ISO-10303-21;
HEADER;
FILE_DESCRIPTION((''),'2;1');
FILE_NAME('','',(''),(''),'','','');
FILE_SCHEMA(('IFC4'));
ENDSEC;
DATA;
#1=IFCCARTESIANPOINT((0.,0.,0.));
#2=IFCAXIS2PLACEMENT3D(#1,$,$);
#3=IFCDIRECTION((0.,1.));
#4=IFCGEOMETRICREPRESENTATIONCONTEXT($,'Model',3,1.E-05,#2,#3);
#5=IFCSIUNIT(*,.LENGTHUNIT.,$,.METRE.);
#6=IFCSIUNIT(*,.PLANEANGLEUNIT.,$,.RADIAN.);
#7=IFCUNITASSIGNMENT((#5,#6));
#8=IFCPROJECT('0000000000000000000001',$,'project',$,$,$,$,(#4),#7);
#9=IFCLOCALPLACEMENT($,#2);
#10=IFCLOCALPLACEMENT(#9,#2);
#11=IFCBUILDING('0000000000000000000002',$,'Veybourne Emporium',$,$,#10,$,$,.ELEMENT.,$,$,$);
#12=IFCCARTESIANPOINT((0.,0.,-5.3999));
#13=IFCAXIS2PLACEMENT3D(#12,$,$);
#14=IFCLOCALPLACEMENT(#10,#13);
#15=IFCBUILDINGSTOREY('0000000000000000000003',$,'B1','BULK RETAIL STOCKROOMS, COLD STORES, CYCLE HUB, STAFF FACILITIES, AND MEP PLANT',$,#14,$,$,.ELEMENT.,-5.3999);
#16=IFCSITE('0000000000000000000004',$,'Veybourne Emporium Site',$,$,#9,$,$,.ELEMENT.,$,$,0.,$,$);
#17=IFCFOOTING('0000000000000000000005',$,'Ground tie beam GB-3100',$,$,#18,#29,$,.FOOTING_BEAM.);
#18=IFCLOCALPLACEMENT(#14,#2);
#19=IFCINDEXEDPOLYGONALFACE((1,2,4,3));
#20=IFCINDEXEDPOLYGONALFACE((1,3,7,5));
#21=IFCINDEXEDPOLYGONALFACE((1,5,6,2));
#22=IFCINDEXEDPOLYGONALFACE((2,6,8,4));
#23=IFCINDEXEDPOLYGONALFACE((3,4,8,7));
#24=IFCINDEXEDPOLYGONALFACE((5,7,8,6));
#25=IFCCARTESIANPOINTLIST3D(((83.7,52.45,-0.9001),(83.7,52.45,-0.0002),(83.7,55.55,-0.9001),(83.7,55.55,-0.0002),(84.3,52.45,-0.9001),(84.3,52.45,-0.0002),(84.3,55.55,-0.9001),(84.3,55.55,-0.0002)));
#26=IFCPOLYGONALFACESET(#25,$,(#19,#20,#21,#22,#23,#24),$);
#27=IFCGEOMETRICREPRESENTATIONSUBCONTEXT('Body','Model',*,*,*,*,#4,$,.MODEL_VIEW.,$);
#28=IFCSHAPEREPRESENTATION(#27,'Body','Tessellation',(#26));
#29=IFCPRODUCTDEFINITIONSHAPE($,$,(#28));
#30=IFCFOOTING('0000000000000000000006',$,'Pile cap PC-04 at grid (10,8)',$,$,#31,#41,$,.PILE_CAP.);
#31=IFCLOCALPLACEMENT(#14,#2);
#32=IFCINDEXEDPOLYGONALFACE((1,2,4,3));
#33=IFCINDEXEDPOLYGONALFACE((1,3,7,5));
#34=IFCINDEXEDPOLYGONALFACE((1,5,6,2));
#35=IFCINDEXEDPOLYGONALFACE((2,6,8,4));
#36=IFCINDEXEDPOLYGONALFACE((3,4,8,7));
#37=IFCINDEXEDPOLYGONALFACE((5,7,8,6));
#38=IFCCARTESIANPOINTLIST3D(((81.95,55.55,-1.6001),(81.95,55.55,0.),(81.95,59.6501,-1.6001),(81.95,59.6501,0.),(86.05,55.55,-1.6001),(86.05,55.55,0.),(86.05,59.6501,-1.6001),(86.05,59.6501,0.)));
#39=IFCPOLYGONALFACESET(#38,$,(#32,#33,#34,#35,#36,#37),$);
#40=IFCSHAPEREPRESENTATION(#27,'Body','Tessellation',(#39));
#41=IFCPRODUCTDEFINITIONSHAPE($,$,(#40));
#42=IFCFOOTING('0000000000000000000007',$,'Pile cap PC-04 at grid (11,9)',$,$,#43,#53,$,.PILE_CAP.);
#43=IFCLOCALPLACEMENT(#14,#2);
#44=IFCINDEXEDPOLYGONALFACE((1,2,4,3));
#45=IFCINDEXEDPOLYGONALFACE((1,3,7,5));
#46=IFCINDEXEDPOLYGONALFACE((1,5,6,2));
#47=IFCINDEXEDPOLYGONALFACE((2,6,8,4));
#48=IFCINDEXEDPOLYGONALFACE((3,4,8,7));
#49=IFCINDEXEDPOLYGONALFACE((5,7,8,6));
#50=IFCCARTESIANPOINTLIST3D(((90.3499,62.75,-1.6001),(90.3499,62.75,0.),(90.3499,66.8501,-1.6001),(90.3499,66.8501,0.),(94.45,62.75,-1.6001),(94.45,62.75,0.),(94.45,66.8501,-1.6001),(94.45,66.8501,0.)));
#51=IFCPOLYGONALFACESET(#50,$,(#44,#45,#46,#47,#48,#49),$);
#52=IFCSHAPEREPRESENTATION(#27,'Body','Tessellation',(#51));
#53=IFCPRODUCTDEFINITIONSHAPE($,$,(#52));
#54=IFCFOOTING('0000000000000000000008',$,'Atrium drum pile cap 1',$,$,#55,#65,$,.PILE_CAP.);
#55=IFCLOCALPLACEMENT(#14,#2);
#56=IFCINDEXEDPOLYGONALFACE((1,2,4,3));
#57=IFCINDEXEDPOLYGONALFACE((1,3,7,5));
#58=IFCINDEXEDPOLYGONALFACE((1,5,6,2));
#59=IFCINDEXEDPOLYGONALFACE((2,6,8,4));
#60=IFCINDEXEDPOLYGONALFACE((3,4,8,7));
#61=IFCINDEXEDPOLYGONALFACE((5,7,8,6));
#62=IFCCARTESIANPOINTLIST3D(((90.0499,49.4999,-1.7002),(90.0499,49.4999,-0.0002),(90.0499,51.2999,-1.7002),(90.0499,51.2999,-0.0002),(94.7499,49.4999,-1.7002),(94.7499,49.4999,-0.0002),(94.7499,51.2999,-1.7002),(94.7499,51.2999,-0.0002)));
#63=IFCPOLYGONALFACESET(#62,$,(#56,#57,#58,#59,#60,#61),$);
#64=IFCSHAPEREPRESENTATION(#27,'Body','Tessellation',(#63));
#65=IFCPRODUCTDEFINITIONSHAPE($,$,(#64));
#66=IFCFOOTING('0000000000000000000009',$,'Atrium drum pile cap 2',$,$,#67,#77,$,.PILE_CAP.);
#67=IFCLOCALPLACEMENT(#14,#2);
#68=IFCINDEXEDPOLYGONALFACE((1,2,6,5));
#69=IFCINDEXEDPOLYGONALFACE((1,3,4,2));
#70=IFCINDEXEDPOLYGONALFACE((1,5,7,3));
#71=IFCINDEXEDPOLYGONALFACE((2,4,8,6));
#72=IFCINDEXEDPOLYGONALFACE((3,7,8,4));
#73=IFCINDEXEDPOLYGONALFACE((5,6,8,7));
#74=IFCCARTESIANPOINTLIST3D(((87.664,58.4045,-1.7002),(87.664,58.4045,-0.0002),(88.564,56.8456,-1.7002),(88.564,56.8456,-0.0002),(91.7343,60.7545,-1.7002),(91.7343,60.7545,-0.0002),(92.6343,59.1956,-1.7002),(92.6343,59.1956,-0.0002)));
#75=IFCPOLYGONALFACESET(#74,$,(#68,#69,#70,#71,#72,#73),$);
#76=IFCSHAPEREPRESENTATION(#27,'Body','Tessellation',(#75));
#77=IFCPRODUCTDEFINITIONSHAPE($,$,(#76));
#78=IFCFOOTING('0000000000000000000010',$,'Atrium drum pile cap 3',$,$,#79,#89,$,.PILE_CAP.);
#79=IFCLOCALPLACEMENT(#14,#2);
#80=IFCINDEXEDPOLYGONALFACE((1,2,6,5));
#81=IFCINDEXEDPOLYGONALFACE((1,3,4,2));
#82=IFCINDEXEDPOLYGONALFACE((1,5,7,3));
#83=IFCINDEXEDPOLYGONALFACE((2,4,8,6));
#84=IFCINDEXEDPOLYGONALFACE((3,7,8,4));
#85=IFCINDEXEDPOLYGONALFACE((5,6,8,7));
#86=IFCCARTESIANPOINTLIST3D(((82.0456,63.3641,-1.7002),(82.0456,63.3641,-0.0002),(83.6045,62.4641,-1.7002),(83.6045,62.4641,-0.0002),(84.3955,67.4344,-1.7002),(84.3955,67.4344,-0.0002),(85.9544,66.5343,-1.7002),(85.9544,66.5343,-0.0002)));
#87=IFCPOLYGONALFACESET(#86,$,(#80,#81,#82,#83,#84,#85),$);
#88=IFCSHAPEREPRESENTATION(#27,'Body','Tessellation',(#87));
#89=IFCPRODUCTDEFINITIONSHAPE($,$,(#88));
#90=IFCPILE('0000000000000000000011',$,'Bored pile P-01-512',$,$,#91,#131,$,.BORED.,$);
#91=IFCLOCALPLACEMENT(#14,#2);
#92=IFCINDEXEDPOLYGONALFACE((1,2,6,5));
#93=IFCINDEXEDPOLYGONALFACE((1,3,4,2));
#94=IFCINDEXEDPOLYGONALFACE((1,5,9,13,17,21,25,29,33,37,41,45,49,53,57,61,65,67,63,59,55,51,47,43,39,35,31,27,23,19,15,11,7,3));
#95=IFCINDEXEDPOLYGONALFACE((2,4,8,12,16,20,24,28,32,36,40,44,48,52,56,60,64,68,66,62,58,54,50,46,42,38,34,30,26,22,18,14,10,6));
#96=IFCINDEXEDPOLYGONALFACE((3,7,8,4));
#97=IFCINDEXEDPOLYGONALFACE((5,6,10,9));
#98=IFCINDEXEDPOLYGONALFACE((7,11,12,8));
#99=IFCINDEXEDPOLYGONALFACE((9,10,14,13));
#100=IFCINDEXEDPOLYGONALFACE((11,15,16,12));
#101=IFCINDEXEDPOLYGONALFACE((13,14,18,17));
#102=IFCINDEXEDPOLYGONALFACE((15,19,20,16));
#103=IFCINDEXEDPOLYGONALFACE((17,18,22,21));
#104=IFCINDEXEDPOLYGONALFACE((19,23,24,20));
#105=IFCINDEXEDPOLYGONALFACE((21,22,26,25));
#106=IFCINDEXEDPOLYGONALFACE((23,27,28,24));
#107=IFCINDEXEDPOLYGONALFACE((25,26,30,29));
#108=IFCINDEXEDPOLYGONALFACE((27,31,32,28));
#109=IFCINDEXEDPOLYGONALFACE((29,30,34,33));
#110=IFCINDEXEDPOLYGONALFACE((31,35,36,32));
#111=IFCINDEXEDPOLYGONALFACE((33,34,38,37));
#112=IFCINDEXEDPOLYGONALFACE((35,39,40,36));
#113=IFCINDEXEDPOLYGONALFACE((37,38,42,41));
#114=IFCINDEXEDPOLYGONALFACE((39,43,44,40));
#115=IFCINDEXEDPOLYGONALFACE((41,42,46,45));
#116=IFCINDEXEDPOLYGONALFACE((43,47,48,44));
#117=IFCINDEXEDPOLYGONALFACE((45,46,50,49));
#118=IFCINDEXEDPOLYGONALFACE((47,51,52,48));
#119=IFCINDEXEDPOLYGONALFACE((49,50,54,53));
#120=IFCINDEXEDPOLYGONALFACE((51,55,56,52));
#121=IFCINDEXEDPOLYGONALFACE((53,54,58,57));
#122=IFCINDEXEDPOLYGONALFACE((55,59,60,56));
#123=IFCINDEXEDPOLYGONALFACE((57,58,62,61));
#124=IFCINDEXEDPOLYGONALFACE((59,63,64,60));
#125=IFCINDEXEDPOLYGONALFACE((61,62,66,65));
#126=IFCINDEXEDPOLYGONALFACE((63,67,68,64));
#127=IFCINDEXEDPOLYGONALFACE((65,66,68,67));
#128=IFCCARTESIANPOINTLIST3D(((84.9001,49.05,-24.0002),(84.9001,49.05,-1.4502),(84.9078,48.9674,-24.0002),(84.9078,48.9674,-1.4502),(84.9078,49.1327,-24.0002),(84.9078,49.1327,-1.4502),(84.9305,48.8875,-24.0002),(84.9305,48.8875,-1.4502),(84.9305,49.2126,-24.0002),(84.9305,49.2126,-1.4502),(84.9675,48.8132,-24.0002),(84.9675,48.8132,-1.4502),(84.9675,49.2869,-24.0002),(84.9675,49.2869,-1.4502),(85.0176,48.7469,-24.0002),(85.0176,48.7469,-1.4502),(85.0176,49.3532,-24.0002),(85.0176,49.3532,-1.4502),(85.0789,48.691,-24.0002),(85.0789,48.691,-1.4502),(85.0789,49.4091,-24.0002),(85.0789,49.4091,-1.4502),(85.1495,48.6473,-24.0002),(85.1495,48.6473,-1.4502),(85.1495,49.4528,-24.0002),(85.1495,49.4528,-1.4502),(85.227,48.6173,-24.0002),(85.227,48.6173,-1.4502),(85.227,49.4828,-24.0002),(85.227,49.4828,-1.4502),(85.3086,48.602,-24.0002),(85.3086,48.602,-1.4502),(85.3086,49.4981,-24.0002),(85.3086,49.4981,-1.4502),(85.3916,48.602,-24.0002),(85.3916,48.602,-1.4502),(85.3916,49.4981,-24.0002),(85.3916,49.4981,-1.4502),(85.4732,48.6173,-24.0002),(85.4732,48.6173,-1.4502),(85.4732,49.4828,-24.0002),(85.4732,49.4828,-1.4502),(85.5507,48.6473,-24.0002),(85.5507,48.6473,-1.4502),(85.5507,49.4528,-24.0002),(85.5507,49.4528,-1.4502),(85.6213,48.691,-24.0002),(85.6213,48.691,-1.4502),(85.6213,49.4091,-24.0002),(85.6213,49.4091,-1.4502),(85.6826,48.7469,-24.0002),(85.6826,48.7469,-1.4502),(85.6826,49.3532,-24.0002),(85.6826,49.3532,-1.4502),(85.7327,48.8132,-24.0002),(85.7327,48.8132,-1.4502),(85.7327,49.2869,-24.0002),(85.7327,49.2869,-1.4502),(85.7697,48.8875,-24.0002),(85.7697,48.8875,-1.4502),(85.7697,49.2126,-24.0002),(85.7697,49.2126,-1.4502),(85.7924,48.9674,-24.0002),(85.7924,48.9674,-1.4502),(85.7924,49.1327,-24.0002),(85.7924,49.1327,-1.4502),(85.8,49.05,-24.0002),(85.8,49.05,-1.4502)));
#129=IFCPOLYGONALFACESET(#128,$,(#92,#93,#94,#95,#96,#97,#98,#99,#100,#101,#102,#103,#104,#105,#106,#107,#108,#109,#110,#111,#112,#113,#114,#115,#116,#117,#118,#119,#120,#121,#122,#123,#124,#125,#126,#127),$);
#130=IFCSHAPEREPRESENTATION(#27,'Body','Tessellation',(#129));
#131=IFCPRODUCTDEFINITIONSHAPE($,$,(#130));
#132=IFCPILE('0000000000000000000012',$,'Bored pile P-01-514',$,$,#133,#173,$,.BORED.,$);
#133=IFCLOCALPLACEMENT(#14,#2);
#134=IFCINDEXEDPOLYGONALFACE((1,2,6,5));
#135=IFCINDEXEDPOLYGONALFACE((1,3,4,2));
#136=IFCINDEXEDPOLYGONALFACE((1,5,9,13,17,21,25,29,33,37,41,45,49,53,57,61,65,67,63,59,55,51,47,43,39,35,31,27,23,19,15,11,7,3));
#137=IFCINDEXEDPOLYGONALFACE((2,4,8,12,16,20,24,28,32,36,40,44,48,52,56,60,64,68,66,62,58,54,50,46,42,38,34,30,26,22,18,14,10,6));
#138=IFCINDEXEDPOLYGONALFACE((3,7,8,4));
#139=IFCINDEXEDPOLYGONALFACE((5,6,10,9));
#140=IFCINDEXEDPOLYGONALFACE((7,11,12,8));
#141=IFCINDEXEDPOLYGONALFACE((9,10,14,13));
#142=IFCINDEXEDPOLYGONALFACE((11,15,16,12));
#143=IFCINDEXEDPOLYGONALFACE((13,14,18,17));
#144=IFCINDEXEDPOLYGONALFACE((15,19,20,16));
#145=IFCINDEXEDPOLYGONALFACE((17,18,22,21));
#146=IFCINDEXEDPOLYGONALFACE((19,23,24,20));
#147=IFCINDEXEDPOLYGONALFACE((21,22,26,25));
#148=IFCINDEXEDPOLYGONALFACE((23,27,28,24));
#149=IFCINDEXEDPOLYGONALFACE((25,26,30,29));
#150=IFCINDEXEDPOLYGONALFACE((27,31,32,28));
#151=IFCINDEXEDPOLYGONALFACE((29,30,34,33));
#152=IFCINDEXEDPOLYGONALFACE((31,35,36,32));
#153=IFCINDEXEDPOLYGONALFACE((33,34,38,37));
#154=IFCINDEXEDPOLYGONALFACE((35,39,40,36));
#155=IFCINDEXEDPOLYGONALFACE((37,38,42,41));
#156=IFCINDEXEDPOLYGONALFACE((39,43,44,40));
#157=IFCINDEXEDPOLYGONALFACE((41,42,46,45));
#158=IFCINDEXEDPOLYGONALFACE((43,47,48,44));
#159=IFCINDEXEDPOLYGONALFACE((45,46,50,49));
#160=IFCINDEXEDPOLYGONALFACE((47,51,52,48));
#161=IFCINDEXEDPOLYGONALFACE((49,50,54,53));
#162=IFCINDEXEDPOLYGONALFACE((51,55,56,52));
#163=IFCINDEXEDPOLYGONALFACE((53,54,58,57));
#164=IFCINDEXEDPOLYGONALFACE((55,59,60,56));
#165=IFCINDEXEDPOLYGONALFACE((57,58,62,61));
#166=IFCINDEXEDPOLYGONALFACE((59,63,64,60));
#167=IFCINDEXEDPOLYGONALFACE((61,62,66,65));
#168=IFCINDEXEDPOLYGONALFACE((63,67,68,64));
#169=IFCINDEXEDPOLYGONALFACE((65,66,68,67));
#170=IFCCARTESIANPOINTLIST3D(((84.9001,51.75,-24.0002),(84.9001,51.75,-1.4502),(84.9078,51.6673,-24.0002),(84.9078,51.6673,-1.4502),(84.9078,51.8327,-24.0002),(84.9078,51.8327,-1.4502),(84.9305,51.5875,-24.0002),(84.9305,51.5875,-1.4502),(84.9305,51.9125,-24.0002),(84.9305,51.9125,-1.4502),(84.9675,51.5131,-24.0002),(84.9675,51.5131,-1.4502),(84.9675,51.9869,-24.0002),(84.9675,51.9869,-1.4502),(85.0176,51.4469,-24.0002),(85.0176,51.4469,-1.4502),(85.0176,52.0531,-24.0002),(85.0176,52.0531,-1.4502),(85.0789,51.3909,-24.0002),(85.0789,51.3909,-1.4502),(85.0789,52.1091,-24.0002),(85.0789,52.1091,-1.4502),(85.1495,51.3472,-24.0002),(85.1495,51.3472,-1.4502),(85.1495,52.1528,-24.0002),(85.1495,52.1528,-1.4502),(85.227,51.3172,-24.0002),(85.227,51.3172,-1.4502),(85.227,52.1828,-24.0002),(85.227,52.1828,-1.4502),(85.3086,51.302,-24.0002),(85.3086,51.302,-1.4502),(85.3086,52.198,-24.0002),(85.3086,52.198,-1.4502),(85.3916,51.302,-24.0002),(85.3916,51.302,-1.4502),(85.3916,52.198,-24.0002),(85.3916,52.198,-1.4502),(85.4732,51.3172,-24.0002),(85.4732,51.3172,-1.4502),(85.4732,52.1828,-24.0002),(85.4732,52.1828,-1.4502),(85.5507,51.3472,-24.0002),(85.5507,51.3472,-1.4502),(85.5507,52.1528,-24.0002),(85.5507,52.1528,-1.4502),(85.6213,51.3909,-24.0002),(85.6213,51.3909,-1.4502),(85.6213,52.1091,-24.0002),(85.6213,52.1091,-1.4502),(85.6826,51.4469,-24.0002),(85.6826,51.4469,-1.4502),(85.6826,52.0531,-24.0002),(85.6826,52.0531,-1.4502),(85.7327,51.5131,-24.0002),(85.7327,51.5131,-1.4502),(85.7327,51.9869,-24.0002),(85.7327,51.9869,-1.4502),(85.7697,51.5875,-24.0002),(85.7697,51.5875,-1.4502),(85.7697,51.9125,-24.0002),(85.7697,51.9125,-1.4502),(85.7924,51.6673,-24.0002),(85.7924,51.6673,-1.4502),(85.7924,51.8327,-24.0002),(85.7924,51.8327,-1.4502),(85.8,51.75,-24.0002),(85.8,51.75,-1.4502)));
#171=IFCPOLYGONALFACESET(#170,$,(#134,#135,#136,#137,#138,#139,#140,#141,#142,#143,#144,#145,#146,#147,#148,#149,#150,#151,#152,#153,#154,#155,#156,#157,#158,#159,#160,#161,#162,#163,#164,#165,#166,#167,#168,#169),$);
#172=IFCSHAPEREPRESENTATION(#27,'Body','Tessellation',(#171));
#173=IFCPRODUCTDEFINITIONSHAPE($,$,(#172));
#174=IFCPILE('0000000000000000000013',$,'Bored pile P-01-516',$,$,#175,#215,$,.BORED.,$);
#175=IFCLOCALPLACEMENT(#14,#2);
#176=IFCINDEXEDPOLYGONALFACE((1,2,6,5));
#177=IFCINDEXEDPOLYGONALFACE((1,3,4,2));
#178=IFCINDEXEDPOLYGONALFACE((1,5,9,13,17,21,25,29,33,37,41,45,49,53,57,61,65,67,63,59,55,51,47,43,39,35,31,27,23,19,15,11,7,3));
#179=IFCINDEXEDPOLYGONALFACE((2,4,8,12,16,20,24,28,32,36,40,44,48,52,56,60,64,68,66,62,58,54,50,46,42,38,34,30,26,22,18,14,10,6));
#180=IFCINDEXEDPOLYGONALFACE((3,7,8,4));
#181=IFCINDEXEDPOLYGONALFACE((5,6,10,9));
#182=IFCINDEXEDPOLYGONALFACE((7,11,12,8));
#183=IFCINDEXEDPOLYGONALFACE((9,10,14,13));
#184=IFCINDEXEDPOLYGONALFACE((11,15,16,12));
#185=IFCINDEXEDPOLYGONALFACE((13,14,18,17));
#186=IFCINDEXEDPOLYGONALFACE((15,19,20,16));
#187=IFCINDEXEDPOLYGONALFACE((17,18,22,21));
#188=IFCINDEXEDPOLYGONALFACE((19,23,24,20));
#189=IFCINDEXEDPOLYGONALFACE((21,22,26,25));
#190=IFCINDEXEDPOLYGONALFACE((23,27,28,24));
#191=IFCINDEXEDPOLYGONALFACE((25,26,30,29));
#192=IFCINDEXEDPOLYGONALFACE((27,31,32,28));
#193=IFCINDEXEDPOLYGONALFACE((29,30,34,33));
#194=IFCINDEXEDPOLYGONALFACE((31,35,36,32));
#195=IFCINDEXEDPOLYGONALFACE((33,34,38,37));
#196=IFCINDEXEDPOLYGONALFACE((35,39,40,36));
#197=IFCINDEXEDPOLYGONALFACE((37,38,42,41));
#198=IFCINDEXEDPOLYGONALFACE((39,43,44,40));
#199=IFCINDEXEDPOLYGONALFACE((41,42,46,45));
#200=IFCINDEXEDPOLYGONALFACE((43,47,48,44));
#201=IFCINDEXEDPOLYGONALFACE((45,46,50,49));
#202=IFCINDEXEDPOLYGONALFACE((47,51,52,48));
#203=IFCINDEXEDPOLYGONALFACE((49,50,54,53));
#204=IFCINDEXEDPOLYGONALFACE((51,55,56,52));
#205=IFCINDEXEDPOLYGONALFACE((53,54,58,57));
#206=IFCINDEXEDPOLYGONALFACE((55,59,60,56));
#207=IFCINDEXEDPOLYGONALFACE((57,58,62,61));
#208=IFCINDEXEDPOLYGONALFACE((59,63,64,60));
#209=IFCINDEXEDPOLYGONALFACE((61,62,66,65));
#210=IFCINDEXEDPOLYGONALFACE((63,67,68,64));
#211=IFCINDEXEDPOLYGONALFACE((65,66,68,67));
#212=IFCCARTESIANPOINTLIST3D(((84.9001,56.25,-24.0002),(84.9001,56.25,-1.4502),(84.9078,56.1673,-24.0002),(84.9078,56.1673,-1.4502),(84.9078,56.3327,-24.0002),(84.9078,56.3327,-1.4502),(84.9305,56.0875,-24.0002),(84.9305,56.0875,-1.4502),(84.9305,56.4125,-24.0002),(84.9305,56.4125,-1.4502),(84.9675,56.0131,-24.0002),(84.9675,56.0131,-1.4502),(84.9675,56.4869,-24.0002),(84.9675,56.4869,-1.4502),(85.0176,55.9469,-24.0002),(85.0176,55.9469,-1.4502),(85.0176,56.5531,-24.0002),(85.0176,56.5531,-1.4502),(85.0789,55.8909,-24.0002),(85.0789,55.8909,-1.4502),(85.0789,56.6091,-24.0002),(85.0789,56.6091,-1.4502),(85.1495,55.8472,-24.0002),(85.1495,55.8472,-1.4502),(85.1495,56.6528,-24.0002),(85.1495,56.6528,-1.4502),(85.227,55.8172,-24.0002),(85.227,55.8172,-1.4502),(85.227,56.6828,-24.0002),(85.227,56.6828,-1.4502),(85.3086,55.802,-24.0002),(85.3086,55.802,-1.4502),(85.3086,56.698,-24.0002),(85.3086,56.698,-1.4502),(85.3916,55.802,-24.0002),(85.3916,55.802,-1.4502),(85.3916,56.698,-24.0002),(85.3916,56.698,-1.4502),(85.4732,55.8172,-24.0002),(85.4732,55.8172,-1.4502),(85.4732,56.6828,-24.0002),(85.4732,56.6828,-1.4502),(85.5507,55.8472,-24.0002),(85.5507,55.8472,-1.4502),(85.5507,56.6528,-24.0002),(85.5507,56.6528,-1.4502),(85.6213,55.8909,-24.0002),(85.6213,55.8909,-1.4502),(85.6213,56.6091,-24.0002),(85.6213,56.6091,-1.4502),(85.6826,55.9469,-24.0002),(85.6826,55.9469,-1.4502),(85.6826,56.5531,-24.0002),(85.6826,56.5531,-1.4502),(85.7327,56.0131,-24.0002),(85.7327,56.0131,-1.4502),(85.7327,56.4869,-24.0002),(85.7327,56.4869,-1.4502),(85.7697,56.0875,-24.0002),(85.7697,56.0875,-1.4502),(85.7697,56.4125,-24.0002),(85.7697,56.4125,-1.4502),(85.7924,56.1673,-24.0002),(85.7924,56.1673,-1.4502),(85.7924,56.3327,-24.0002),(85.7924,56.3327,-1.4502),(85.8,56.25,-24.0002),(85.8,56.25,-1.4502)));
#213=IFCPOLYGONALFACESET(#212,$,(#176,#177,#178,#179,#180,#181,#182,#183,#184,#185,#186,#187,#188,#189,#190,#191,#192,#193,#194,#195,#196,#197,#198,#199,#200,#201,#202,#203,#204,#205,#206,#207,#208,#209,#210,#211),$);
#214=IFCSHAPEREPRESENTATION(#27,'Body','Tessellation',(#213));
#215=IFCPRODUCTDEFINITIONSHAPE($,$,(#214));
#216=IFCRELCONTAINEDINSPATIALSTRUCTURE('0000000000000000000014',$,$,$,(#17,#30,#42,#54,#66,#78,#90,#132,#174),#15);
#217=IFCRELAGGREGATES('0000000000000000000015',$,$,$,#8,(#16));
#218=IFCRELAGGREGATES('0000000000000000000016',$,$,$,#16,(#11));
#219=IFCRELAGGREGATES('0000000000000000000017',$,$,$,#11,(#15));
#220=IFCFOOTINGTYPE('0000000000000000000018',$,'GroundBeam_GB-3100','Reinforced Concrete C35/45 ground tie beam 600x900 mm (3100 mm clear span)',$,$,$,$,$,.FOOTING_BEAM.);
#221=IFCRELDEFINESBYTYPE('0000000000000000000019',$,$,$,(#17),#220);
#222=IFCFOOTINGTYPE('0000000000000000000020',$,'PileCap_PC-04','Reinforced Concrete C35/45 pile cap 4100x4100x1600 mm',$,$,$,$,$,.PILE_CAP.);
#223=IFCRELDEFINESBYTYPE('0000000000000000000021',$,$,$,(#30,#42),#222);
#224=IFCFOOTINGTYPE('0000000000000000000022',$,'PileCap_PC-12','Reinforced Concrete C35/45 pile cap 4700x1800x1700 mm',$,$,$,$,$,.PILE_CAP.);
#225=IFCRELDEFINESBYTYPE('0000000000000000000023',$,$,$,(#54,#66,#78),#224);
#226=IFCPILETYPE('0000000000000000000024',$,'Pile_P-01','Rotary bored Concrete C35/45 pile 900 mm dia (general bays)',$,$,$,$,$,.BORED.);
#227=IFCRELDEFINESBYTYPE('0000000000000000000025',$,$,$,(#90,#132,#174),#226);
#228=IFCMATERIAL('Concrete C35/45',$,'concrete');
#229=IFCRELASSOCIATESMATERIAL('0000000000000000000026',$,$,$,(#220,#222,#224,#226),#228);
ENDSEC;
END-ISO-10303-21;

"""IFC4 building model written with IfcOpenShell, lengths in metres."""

from ifc_helpers import new_model, si_unit, direction, frame, origin, origin_2d, place, context, subcontext, project, spatial, rectangle, circle, extrude, material, material_profile, profile_set, type_object, element, save


model = new_model("IFC4")

# Units and contexts
model_context = context("Model", 3, precision=1e-05, world=origin(), true_north=direction((0.0, 1.0)))
body_context = subcontext(model_context, "Body", "Model", "MODEL_VIEW")
ifc_project = project(units=[si_unit("LENGTHUNIT", "METRE"), si_unit("PLANEANGLEUNIT", "RADIAN")], contexts=[model_context])

# Site, building, storey
site_placement = place(None, origin())
site = spatial("IfcSite", under=ifc_project, at=site_placement, Name="Veybourne Emporium Site", CompositionType="ELEMENT", RefElevation=0.0)
building_placement = place(site_placement, origin())
building = spatial("IfcBuilding", under=site, at=building_placement, Name="Veybourne Emporium", CompositionType="ELEMENT")
storey_placement = place(building_placement, frame((0.0, 0.0, -5.3999)))
storey = spatial("IfcBuildingStorey", under=building, at=storey_placement, Name="B1", Description="BULK RETAIL STOCKROOMS, COLD STORES, CYCLE HUB, STAFF FACILITIES, AND MEP PLANT", CompositionType="ELEMENT", Elevation=-5.3999)

# Footings
ifc_material_1 = material(Name="Concrete C35/45", Category="concrete")
footing_type_1 = type_object("IfcFootingType", Name="GroundBeam_GB-3100", Description="Reinforced Concrete C35/45 ground tie beam 600x900 mm (3100 mm clear span)", PredefinedType="FOOTING_BEAM", material=ifc_material_1)
footing_placement = place(storey_placement, frame((84.0, 54.0, -0.9001), z_axis=(0.0, 0.0, 1.0), x_axis=(0.0, 1.0, 0.0)))
element("IfcFooting", 1, at=footing_placement, inside=storey, type_object=footing_type_1, Name="Ground tie beam GB-3100", PredefinedType="FOOTING_BEAM", context=body_context, shape_type="SweptSolid", body=[
    extrude(rectangle(XDim=3.1001, YDim=0.6001, at=origin_2d()), origin(), (0.0, 0.0, 1.0), 0.8999),
])
footing_type_2 = type_object("IfcFootingType", Name="PileCap_PC-04", Description="Reinforced Concrete C35/45 pile cap 4100x4100x1600 mm", PredefinedType="PILE_CAP", material=ifc_material_1)
for number, where, z_axis, x_axis, name in (
    (2, (84.0, 57.6001, -1.6001), (0.0, 0.0, 1.0), (1.0, 0.0, 0.0), "Pile cap PC-04 at grid (10,8)"),
    (3, (92.3999, 64.8, -1.6001), (0.0, 0.0, 1.0), (1.0, 0.0, 0.0), "Pile cap PC-04 at grid (11,9)"),
):
    element("IfcFooting", number, at=place(storey_placement, frame(where, z_axis=z_axis, x_axis=x_axis)), inside=storey, type_object=footing_type_2, Name=name, PredefinedType="PILE_CAP", context=body_context, shape_type="SweptSolid", body=[
        extrude(rectangle(XDim=4.1001, YDim=4.1001, at=origin_2d()), origin(), (0.0, 0.0, 1.0), 1.6001),
    ])
footing_type_3 = type_object("IfcFootingType", Name="PileCap_PC-12", Description="Reinforced Concrete C35/45 pile cap 4700x1800x1700 mm", PredefinedType="PILE_CAP", material=ifc_material_1)
for number, where, z_axis, x_axis, name in (
    (4, (92.3999, 50.3999, -1.7002), (0.0, 0.0, 1.0), (1.0, 0.0, 0.0), "Atrium drum pile cap 1"),
    (5, (90.1492, 58.8, -1.7002), (0.0, 0.0, 1.0), (0.866025, 0.5, 0.0), "Atrium drum pile cap 2"),
    (6, (84.0, 64.9492, -1.7002), (0.0, 0.0, 1.0), (0.5, 0.866025, 0.0), "Atrium drum pile cap 3"),
):
    element("IfcFooting", number, at=place(storey_placement, frame(where, z_axis=z_axis, x_axis=x_axis)), inside=storey, type_object=footing_type_3, Name=name, PredefinedType="PILE_CAP", context=body_context, shape_type="SweptSolid", body=[
        extrude(rectangle(XDim=4.7, YDim=1.8, at=origin_2d()), origin(), (0.0, 0.0, 1.0), 1.7),
    ])

# Piles
ifc_material_profile_1 = material_profile(ifc_material_1, circle(Radius=0.45, at=origin_2d()), Name="BORED PILE 900")
ifc_profile_set_1 = profile_set([ifc_material_profile_1], Name="Concrete C35/45")
pile_type_1 = type_object("IfcPileType", Name="Pile_P-01", Description="Rotary bored Concrete C35/45 pile 900 mm dia (general bays)", PredefinedType="BORED", material=ifc_profile_set_1)
for number, where, z_axis, x_axis, name in (
    (7, (85.3501, 49.05, -1.4502), (0.0, 0.0, -1.0), (1.0, 0.0, 0.0), "Bored pile P-01-512"),
    (8, (85.3501, 51.75, -1.4502), (0.0, 0.0, -1.0), (1.0, 0.0, 0.0), "Bored pile P-01-514"),
    (9, (85.3501, 56.25, -1.4502), (0.0, 0.0, -1.0), (1.0, 0.0, 0.0), "Bored pile P-01-516"),
):
    element("IfcPile", number, at=place(storey_placement, frame(where, z_axis=z_axis, x_axis=x_axis)), inside=storey, type_object=pile_type_1, Name=name, PredefinedType="BORED", context=body_context, shape_type="SweptSolid", body=[
        extrude(circle(Radius=0.45, at=origin_2d()), origin(), (0.0, 0.0, 1.0), 22.55),
    ])

save(model, "model.ifc")
